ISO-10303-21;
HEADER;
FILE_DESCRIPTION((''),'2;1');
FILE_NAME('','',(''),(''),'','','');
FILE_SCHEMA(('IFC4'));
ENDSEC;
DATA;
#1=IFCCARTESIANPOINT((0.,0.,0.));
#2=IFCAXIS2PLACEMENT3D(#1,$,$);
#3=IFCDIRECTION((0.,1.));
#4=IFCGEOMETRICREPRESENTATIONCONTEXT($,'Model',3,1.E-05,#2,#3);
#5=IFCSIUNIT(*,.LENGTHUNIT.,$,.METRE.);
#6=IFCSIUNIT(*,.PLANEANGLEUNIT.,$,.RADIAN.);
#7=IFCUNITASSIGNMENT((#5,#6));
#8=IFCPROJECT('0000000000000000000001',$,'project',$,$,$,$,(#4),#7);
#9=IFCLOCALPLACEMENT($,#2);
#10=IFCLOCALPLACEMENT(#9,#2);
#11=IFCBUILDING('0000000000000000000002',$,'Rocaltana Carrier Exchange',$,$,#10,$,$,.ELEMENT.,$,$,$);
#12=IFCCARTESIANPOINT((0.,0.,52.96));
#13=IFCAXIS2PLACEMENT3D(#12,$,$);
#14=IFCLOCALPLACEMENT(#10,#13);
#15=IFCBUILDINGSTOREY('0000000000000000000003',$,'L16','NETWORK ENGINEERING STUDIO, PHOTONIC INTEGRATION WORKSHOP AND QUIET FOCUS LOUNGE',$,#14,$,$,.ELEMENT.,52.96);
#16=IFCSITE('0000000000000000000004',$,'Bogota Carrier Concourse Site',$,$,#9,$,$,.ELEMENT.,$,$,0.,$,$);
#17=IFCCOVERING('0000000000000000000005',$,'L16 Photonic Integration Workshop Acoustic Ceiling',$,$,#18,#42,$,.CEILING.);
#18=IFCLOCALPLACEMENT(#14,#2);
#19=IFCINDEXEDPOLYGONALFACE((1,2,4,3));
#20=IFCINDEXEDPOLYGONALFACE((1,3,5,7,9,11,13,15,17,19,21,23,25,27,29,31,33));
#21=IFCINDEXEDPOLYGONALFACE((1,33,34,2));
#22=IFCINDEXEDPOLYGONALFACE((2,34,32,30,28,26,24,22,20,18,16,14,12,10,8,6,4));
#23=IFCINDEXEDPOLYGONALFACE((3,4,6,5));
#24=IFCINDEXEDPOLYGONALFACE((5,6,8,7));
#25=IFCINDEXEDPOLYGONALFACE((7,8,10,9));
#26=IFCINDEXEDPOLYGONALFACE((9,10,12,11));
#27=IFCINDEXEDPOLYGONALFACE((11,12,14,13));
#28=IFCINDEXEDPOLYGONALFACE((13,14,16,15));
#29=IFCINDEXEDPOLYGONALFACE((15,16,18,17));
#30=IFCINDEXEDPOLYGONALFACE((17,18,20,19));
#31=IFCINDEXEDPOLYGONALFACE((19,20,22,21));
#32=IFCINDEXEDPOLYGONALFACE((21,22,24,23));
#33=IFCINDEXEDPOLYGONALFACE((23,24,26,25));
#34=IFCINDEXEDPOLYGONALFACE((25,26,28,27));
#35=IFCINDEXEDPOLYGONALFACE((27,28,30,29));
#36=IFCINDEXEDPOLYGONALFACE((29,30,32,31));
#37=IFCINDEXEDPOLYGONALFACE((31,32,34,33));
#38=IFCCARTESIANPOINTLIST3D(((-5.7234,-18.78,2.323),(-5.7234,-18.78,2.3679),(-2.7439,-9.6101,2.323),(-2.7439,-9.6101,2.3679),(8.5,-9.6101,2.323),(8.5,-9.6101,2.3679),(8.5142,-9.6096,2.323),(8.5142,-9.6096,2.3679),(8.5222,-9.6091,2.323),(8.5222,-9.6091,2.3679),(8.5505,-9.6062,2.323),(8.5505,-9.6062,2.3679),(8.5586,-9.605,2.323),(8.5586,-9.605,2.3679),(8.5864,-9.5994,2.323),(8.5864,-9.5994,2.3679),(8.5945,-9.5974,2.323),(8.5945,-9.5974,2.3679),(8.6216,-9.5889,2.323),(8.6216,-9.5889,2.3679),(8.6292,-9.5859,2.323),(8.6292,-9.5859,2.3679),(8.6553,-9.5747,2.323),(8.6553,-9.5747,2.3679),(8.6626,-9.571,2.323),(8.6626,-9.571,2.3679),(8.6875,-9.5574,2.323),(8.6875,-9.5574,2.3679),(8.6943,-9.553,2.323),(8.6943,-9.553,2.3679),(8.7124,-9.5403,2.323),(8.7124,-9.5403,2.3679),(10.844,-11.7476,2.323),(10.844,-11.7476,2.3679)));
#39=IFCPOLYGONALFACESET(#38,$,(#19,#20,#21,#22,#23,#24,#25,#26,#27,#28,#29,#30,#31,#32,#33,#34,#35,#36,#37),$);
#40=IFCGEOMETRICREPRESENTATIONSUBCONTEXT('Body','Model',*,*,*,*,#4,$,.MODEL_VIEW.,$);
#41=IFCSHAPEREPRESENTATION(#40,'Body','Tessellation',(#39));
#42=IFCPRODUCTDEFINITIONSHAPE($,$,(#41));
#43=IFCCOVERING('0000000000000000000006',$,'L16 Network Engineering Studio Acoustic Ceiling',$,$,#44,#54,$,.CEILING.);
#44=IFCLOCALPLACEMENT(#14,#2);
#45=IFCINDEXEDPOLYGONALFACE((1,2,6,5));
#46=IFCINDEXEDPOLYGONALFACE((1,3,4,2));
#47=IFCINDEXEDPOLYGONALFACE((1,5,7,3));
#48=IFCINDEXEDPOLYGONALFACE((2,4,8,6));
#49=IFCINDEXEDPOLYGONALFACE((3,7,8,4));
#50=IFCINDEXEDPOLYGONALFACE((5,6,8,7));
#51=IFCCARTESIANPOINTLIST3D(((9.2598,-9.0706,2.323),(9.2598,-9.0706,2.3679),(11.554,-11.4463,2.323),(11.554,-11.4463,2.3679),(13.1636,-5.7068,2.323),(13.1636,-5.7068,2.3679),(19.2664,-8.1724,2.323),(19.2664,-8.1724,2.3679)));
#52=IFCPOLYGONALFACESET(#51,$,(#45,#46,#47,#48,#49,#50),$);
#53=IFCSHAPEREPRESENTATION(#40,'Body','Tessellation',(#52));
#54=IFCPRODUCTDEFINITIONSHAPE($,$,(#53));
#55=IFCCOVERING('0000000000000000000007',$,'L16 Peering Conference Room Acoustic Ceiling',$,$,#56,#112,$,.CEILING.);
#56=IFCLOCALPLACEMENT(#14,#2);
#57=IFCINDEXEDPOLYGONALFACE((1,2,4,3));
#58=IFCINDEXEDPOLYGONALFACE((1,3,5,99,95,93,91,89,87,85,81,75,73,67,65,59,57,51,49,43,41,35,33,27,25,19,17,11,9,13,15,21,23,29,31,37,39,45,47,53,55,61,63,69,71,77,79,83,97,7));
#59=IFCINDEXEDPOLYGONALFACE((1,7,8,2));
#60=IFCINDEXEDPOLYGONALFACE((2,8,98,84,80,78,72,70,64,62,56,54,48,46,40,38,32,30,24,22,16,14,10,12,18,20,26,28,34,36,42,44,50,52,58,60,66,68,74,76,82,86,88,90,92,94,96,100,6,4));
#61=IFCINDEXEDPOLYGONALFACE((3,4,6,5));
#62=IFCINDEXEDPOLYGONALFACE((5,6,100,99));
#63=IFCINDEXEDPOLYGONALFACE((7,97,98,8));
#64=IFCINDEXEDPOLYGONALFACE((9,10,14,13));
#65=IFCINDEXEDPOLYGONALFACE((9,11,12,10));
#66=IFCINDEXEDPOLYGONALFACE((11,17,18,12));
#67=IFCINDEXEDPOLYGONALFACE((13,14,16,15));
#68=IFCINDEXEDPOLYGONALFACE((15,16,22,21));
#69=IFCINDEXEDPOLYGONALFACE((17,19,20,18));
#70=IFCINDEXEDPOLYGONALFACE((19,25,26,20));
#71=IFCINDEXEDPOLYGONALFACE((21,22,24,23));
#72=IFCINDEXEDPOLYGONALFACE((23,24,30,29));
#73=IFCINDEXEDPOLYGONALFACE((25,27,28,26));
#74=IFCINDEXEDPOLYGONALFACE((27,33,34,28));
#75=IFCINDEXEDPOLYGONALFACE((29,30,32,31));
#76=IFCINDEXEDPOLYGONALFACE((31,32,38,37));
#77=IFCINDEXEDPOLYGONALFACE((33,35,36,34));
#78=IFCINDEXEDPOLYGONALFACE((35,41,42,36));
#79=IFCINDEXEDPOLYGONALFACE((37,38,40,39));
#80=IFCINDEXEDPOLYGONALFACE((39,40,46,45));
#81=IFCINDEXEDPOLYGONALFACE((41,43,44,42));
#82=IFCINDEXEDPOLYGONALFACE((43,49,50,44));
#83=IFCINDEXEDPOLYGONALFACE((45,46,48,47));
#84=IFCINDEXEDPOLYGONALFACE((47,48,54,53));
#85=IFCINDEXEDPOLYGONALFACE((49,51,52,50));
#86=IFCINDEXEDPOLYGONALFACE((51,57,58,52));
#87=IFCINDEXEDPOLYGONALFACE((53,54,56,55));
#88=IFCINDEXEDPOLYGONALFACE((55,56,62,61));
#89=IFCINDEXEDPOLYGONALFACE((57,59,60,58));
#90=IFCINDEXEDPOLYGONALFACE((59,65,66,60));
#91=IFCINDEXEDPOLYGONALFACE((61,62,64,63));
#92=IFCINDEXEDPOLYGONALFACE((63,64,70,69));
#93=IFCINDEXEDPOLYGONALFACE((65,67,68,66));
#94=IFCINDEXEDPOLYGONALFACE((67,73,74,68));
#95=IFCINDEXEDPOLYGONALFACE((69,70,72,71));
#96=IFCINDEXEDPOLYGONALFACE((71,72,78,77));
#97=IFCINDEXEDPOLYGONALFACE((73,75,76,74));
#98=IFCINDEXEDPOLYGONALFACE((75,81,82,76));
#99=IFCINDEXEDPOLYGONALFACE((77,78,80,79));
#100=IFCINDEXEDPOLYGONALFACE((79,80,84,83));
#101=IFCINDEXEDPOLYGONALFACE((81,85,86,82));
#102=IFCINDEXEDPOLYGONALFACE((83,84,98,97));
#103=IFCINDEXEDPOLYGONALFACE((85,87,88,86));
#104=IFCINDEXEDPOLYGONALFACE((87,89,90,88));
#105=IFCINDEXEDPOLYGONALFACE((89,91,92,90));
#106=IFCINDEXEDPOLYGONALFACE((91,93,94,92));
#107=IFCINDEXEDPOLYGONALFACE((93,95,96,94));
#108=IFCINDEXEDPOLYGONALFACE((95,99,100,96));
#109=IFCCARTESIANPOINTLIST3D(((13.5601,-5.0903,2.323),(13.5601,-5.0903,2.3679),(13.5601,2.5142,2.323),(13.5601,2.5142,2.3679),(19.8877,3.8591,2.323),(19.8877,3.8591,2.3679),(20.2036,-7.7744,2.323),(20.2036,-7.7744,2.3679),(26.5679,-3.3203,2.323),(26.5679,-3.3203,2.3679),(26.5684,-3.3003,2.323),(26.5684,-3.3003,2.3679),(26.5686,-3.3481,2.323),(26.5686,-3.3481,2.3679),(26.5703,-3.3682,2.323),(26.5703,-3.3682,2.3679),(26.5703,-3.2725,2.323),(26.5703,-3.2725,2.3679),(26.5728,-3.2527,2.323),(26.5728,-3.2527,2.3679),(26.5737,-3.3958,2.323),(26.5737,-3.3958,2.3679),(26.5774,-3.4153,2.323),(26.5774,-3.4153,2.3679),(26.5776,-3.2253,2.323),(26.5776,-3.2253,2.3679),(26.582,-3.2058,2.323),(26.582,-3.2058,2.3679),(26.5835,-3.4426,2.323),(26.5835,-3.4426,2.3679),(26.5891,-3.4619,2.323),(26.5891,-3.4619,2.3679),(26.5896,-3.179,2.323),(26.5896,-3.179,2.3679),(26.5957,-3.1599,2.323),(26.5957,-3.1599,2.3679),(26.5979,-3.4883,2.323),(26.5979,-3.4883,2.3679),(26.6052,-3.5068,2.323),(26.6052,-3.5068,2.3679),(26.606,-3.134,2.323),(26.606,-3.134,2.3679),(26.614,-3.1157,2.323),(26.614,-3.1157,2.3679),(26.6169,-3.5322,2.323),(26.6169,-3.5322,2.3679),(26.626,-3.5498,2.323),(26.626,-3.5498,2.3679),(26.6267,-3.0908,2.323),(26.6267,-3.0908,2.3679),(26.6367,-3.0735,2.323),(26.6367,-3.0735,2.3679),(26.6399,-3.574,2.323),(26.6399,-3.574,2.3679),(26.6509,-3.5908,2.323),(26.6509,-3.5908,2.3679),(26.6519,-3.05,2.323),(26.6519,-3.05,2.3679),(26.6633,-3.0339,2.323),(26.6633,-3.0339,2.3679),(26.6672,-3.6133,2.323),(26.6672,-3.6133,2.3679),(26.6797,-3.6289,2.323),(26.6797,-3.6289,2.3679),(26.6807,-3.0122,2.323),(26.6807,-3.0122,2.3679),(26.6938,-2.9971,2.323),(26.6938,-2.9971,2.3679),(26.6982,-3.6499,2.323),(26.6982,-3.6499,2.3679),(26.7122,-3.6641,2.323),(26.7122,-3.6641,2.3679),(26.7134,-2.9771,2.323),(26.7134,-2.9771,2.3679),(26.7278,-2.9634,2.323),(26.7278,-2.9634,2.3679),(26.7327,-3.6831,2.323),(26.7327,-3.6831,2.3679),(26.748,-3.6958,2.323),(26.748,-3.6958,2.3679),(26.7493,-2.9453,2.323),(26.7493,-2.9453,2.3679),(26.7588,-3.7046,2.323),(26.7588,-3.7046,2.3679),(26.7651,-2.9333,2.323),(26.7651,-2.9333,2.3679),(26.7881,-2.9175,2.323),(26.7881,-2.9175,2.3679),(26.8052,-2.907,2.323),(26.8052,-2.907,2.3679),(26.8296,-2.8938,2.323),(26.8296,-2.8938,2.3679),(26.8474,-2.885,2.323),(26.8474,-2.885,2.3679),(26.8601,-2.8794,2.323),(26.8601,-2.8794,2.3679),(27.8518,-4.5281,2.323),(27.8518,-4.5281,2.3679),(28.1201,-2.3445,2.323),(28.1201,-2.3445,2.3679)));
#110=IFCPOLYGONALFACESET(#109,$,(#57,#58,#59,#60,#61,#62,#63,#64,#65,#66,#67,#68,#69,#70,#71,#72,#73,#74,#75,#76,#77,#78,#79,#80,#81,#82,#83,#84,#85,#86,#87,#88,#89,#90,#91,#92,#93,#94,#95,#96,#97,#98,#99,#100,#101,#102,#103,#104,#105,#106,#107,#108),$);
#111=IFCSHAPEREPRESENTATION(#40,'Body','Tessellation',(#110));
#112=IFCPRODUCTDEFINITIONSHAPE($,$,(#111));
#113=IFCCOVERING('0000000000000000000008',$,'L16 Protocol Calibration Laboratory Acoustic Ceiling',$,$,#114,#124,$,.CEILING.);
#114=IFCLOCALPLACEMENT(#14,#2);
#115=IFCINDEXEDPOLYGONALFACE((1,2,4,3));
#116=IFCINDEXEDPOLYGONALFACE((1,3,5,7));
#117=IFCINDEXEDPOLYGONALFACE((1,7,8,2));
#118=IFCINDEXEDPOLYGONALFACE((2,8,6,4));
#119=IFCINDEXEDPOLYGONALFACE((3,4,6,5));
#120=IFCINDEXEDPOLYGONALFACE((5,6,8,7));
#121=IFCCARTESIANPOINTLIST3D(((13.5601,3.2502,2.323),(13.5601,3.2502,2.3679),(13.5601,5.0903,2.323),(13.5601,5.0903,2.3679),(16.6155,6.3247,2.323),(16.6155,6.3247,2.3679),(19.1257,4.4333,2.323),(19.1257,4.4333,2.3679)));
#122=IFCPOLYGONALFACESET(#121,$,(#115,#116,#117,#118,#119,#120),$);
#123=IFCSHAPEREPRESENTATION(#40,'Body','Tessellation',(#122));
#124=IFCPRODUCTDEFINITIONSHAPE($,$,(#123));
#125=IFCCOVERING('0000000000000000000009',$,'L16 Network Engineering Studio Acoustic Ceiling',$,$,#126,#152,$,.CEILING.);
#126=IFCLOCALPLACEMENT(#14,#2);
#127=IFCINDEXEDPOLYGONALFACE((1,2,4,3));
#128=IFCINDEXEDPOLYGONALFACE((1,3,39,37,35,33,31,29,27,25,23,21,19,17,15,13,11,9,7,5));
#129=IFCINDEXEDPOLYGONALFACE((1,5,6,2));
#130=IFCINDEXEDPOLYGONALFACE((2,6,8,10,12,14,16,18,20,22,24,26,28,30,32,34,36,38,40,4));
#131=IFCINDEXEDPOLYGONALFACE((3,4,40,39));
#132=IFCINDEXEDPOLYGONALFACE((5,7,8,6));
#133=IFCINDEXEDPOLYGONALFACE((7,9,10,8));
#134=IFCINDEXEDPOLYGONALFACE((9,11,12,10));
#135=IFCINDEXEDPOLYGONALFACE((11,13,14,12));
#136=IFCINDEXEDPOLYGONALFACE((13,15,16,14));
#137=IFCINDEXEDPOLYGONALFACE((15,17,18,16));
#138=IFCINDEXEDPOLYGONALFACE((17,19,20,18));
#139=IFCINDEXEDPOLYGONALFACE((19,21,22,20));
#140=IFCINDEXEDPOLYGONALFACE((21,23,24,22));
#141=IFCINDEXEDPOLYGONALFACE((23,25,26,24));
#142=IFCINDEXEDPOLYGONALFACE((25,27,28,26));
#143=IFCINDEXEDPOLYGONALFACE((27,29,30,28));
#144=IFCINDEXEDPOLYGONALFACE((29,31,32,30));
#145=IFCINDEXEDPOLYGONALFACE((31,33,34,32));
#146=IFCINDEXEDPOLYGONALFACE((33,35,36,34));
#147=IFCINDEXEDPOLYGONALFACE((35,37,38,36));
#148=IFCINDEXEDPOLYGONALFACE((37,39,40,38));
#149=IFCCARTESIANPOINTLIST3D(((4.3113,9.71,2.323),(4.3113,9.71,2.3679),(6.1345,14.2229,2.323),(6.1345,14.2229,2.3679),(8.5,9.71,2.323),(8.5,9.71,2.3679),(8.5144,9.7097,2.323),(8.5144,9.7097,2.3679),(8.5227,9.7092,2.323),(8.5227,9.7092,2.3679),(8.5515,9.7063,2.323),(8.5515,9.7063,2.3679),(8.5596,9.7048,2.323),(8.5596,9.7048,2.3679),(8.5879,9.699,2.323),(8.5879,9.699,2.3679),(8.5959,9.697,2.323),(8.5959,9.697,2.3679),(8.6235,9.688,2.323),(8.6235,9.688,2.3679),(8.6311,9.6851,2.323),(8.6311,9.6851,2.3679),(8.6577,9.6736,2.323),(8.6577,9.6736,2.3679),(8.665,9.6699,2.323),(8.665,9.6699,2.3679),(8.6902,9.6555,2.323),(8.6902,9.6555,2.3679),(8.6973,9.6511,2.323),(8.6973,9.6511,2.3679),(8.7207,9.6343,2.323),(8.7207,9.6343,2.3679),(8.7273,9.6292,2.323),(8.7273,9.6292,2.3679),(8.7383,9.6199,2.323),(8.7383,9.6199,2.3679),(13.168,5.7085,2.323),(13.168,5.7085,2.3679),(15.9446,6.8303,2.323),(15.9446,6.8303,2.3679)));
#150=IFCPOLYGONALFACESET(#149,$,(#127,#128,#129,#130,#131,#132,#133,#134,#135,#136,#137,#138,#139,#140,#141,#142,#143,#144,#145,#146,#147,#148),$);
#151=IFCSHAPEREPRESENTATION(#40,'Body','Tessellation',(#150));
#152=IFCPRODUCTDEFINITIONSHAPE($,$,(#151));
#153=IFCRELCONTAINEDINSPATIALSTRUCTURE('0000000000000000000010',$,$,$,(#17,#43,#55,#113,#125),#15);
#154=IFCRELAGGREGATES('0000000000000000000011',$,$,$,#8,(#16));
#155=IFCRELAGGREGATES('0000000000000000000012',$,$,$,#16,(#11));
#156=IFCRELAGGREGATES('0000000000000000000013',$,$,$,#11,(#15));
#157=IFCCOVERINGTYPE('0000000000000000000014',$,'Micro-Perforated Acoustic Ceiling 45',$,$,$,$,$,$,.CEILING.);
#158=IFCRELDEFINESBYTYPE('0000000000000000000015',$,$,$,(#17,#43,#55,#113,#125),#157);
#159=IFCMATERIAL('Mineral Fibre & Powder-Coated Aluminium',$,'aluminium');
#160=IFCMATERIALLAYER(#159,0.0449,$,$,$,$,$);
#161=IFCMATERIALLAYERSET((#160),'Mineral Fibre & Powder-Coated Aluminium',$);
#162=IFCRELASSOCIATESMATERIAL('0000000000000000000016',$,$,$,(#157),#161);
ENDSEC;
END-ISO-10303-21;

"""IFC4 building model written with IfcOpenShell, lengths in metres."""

from ifc_helpers import new_model, si_unit, direction, frame, origin, place, context, subcontext, project, spatial, polyline, outline, extrude, material, layer, layer_set, type_object, element, save


model = new_model("IFC4")

# Units and contexts
model_context = context("Model", 3, precision=1e-05, world=origin(), true_north=direction((0.0, 1.0)))
body_context = subcontext(model_context, "Body", "Model", "MODEL_VIEW")
ifc_project = project(units=[si_unit("LENGTHUNIT", "METRE"), si_unit("PLANEANGLEUNIT", "RADIAN")], contexts=[model_context])

# Site, building, storey
site_placement = place(None, origin())
site = spatial("IfcSite", under=ifc_project, at=site_placement, Name="Bogota Carrier Concourse Site", CompositionType="ELEMENT", RefElevation=0.0)
building_placement = place(site_placement, origin())
building = spatial("IfcBuilding", under=site, at=building_placement, Name="Rocaltana Carrier Exchange", CompositionType="ELEMENT")
storey_placement = place(building_placement, frame((0.0, 0.0, 52.96)))
storey = spatial("IfcBuildingStorey", under=building, at=storey_placement, Name="L16", Description="NETWORK ENGINEERING STUDIO, PHOTONIC INTEGRATION WORKSHOP AND QUIET FOCUS LOUNGE", CompositionType="ELEMENT", Elevation=52.96)

# Coverings
ifc_material_1 = material(Name="Mineral Fibre & Powder-Coated Aluminium", Category="aluminium")
ifc_layer_1 = layer(ifc_material_1, 0.0449)
ifc_layer_set_1 = layer_set([ifc_layer_1], Name="Mineral Fibre & Powder-Coated Aluminium")
covering_type_1 = type_object("IfcCoveringType", Name="Micro-Perforated Acoustic Ceiling 45", PredefinedType="CEILING", material=ifc_layer_set_1)
covering_1_placement = place(storey_placement, frame((0.0, 0.0, 2.323)))
element("IfcCovering", 1, at=covering_1_placement, inside=storey, type_object=covering_type_1, Name="L16 Photonic Integration Workshop Acoustic Ceiling", PredefinedType="CEILING", context=body_context, shape_type="SweptSolid", body=[
    extrude(outline(polyline([(-5.7234, -18.78), (-2.7439, -9.6101), (8.5, -9.6101), (8.5142, -9.6096), (8.5222, -9.6091), (8.5505, -9.6062), (8.5586, -9.605), (8.5864, -9.5994), (8.5945, -9.5974), (8.6216, -9.5889), (8.6292, -9.5859), (8.6553, -9.5747), (8.6626, -9.571), (8.6875, -9.5574), (8.6943, -9.553), (8.7124, -9.5403), (10.844, -11.7476), (-5.7234, -18.78)])), origin(), (0.0, 0.0, 1.0), 0.0449),
])
covering_2_placement = place(storey_placement, frame((0.0, 0.0, 2.323)))
element("IfcCovering", 2, at=covering_2_placement, inside=storey, type_object=covering_type_1, Name="L16 Network Engineering Studio Acoustic Ceiling", PredefinedType="CEILING", context=body_context, shape_type="SweptSolid", body=[
    extrude(outline(polyline([(11.554, -11.4463), (9.2598, -9.0706), (13.1636, -5.7068), (19.2664, -8.1724), (11.554, -11.4463)])), origin(), (0.0, 0.0, 1.0), 0.0449),
])
covering_3_placement = place(storey_placement, frame((0.0, 0.0, 2.323)))
element("IfcCovering", 3, at=covering_3_placement, inside=storey, type_object=covering_type_1, Name="L16 Peering Conference Room Acoustic Ceiling", PredefinedType="CEILING", context=body_context, shape_type="SweptSolid", body=[
    extrude(outline(polyline([(13.5601, -5.0903), (13.5601, 2.5142), (19.8877, 3.8591), (28.1201, -2.3445), (26.8601, -2.8794), (26.8474, -2.885), (26.8296, -2.8938), (26.8052, -2.907), (26.7881, -2.9175), (26.7651, -2.9333), (26.7493, -2.9453), (26.7278, -2.9634), (26.7134, -2.9771), (26.6938, -2.9971), (26.6807, -3.0122), (26.6633, -3.0339), (26.6519, -3.05), (26.6367, -3.0735), (26.6267, -3.0908), (26.614, -3.1157), (26.606, -3.134), (26.5957, -3.1599), (26.5896, -3.179), (26.582, -3.2058), (26.5776, -3.2253), (26.5728, -3.2527), (26.5703, -3.2725), (26.5684, -3.3003), (26.5679, -3.3203), (26.5686, -3.3481), (26.5703, -3.3682), (26.5737, -3.3958), (26.5774, -3.4153), (26.5835, -3.4426), (26.5891, -3.4619), (26.5979, -3.4883), (26.6052, -3.5068), (26.6169, -3.5322), (26.626, -3.5498), (26.6399, -3.574), (26.6509, -3.5908), (26.6672, -3.6133), (26.6797, -3.6289), (26.6982, -3.6499), (26.7122, -3.6641), (26.7327, -3.6831), (26.748, -3.6958), (26.7588, -3.7046), (27.8518, -4.5281), (20.2036, -7.7744), (13.5601, -5.0903)])), origin(), (0.0, 0.0, 1.0), 0.0449),
])
covering_4_placement = place(storey_placement, frame((0.0, 0.0, 2.323)))
element("IfcCovering", 4, at=covering_4_placement, inside=storey, type_object=covering_type_1, Name="L16 Protocol Calibration Laboratory Acoustic Ceiling", PredefinedType="CEILING", context=body_context, shape_type="SweptSolid", body=[
    extrude(outline(polyline([(13.5601, 5.0903), (16.6155, 6.3247), (19.1257, 4.4333), (13.5601, 3.2502), (13.5601, 5.0903)])), origin(), (0.0, 0.0, 1.0), 0.0449),
])
covering_5_placement = place(storey_placement, frame((0.0, 0.0, 2.323)))
element("IfcCovering", 5, at=covering_5_placement, inside=storey, type_object=covering_type_1, Name="L16 Network Engineering Studio Acoustic Ceiling", PredefinedType="CEILING", context=body_context, shape_type="SweptSolid", body=[
    extrude(outline(polyline([(15.9446, 6.8303), (13.168, 5.7085), (8.7383, 9.6199), (8.7273, 9.6292), (8.7207, 9.6343), (8.6973, 9.6511), (8.6902, 9.6555), (8.665, 9.6699), (8.6577, 9.6736), (8.6311, 9.6851), (8.6235, 9.688), (8.5959, 9.697), (8.5879, 9.699), (8.5596, 9.7048), (8.5515, 9.7063), (8.5227, 9.7092), (8.5144, 9.7097), (8.5, 9.71), (4.3113, 9.71), (6.1345, 14.2229), (15.9446, 6.8303)])), origin(), (0.0, 0.0, 1.0), 0.0449),
])

save(model, "model.ifc")
